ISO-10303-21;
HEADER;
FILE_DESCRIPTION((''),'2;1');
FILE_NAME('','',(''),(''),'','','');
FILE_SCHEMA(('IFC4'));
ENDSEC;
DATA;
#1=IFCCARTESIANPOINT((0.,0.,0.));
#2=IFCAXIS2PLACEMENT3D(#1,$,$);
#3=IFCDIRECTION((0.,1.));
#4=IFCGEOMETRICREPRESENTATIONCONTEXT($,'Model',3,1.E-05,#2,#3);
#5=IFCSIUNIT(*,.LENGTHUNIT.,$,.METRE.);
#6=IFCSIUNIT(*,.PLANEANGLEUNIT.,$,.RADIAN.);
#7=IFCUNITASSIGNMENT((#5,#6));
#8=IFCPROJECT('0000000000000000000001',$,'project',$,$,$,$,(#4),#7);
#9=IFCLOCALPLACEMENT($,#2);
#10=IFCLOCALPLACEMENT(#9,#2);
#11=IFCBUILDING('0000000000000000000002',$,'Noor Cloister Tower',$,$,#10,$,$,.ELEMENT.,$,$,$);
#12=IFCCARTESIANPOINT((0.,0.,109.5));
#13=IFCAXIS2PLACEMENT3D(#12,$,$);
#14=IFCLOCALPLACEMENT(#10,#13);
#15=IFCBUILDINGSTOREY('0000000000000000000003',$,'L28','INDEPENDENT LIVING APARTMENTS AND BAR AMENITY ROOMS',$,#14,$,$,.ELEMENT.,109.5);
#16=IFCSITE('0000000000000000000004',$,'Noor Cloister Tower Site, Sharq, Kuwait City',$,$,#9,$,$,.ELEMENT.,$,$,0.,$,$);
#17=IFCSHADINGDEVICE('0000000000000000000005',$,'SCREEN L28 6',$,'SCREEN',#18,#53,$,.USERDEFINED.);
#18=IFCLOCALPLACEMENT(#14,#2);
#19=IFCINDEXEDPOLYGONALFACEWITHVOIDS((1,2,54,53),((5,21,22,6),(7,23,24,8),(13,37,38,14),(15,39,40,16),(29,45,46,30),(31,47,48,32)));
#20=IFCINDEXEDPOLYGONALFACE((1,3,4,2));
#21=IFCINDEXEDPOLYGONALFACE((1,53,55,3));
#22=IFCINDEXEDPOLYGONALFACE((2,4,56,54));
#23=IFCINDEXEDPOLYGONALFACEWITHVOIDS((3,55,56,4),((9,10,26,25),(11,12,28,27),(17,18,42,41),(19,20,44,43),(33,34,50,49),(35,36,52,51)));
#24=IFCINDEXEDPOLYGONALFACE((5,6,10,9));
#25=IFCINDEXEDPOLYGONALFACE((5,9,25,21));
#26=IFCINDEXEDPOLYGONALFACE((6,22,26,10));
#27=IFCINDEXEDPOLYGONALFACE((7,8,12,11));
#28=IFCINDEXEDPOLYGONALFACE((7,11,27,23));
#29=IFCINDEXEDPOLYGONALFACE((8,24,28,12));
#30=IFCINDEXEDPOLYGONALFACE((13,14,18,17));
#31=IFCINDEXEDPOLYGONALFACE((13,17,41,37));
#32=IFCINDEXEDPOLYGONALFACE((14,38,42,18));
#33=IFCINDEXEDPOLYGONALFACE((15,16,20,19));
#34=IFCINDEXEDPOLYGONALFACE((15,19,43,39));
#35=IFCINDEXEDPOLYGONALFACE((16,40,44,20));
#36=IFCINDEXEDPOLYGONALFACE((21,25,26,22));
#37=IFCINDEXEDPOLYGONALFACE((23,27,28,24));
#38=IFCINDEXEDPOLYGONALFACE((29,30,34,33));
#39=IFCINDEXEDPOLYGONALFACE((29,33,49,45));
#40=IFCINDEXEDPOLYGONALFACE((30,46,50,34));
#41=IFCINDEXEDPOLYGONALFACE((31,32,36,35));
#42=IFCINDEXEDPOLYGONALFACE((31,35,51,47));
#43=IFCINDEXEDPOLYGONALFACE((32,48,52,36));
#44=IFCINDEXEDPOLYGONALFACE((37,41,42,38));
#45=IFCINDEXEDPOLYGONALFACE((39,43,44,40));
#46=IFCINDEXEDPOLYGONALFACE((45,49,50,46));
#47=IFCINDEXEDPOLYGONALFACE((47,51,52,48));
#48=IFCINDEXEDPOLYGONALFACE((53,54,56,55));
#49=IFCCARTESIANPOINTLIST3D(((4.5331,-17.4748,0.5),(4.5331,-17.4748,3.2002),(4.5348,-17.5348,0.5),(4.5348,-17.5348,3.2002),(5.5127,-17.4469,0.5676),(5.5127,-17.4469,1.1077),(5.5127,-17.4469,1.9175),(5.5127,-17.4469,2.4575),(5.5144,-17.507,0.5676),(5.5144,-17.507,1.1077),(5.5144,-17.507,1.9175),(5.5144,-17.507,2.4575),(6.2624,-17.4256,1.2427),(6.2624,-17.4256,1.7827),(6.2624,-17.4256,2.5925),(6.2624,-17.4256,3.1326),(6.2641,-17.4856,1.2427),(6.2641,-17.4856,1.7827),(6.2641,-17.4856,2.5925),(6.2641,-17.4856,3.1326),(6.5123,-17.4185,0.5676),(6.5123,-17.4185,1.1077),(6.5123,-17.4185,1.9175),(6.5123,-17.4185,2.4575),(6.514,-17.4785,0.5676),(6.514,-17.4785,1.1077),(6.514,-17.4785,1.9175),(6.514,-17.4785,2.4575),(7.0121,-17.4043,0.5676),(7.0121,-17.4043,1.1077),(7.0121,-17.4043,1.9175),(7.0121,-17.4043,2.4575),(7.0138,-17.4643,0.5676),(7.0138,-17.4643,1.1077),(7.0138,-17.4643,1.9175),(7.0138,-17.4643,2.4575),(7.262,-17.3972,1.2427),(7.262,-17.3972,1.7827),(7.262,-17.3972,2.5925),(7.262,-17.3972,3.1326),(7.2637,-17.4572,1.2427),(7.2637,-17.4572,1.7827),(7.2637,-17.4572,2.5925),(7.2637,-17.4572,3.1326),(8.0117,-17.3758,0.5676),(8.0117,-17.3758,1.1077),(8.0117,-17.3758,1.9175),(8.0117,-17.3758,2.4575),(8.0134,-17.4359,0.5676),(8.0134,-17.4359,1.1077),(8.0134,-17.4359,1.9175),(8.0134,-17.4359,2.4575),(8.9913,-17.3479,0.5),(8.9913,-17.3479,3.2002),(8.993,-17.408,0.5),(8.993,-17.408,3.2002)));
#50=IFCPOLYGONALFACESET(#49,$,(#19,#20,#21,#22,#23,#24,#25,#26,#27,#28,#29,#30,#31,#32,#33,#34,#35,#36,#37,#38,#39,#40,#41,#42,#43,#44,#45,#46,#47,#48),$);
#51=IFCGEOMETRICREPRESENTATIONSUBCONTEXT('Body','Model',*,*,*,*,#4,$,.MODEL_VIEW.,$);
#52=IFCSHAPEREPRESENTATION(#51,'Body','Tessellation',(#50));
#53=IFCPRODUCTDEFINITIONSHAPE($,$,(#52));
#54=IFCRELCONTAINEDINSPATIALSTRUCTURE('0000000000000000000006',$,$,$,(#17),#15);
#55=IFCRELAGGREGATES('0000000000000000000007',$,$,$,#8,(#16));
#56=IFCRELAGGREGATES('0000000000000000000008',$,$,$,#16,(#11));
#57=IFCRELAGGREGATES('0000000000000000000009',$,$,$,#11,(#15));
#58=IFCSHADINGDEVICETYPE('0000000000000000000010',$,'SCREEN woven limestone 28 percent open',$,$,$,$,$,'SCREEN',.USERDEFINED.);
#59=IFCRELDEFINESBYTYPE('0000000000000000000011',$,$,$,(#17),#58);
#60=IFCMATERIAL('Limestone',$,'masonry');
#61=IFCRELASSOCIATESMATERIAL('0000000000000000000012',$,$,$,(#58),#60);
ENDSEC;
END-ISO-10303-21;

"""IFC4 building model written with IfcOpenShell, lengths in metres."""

from ifc_helpers import new_model, si_unit, direction, frame, origin, place, context, subcontext, project, spatial, polyline, outline, extrude, material, material_profile, profile_set, type_object, element, save


model = new_model("IFC4")

# Units and contexts
model_context = context("Model", 3, precision=1e-05, world=origin(), true_north=direction((0.0, 1.0)))
body_context = subcontext(model_context, "Body", "Model", "MODEL_VIEW")
ifc_project = project(units=[si_unit("LENGTHUNIT", "METRE"), si_unit("PLANEANGLEUNIT", "RADIAN")], contexts=[model_context])

# Site, building, storey
site_placement = place(None, origin())
site = spatial("IfcSite", under=ifc_project, at=site_placement, Name="Noor Cloister Tower Site, Sharq, Kuwait City", CompositionType="ELEMENT", RefElevation=0.0)
building_placement = place(site_placement, origin())
building = spatial("IfcBuilding", under=site, at=building_placement, Name="Noor Cloister Tower", CompositionType="ELEMENT")
storey_placement = place(building_placement, frame((0.0, 0.0, 109.5)))
storey = spatial("IfcBuildingStorey", under=building, at=storey_placement, Name="L28", Description="INDEPENDENT LIVING APARTMENTS AND BAR AMENITY ROOMS", CompositionType="ELEMENT", Elevation=109.5)

# Shading device
ifc_material_1 = material(Name="Limestone", Category="masonry")
ifc_material_profile_1 = material_profile(ifc_material_1, outline(polyline([(-2.23, -1.3501), (2.23, -1.3501), (2.23, 1.3501), (-2.23, 1.3501), (-2.23, -1.3501)]), holes=[polyline([(-1.25, -1.2825), (-0.25, -1.2825), (-0.25, -0.7424), (-1.25, -0.7424), (-1.25, -1.2825)]), polyline([(0.25, -1.2825), (1.25, -1.2825), (1.25, -0.7424), (0.25, -0.7424), (0.25, -1.2825)]), polyline([(-0.5, -0.6074), (0.5, -0.6074), (0.5, -0.0674), (-0.5, -0.0674), (-0.5, -0.6074)]), polyline([(-1.25, 0.0674), (-0.25, 0.0674), (-0.25, 0.6074), (-1.25, 0.6074), (-1.25, 0.0674)]), polyline([(0.25, 0.0674), (1.25, 0.0674), (1.25, 0.6074), (0.25, 0.6074), (0.25, 0.0674)]), polyline([(-0.5, 0.7424), (0.5, 0.7424), (0.5, 1.2825), (-0.5, 1.2825), (-0.5, 0.7424)])]), Name="Woven screen 28 percent open")
ifc_profile_set_1 = profile_set([ifc_material_profile_1], Name="Limestone")
shading_device_type = type_object("IfcShadingDeviceType", Name="SCREEN woven limestone 28 percent open", ElementType="SCREEN", PredefinedType="USERDEFINED", material=ifc_profile_set_1)
shading_device_1_placement = place(storey_placement, frame((6.7622, -17.4114, 1.8501), z_axis=(0.028444, -0.999595, 0.0), x_axis=(0.999595, 0.028444, 0.0)))
element("IfcShadingDevice", 1, at=shading_device_1_placement, inside=storey, type_object=shading_device_type, Name="SCREEN L28 6", ObjectType="SCREEN", PredefinedType="USERDEFINED", context=body_context, shape_type="SweptSolid", body=[
    extrude(outline(polyline([(-2.23, -1.3501), (2.23, -1.3501), (2.23, 1.3501), (-2.23, 1.3501), (-2.23, -1.3501)]), holes=[polyline([(-1.25, -1.2825), (-0.25, -1.2825), (-0.25, -0.7424), (-1.25, -0.7424), (-1.25, -1.2825)]), polyline([(0.25, -1.2825), (1.25, -1.2825), (1.25, -0.7424), (0.25, -0.7424), (0.25, -1.2825)]), polyline([(-0.5, -0.6074), (0.5, -0.6074), (0.5, -0.0674), (-0.5, -0.0674), (-0.5, -0.6074)]), polyline([(-1.25, 0.0674), (-0.25, 0.0674), (-0.25, 0.6074), (-1.25, 0.6074), (-1.25, 0.0674)]), polyline([(0.25, 0.0674), (1.25, 0.0674), (1.25, 0.6074), (0.25, 0.6074), (0.25, 0.0674)]), polyline([(-0.5, 0.7424), (0.5, 0.7424), (0.5, 1.2825), (-0.5, 1.2825), (-0.5, 0.7424)])]), origin(), (0.0, 0.0, 1.0), 0.0601),
])

save(model, "model.ifc")
